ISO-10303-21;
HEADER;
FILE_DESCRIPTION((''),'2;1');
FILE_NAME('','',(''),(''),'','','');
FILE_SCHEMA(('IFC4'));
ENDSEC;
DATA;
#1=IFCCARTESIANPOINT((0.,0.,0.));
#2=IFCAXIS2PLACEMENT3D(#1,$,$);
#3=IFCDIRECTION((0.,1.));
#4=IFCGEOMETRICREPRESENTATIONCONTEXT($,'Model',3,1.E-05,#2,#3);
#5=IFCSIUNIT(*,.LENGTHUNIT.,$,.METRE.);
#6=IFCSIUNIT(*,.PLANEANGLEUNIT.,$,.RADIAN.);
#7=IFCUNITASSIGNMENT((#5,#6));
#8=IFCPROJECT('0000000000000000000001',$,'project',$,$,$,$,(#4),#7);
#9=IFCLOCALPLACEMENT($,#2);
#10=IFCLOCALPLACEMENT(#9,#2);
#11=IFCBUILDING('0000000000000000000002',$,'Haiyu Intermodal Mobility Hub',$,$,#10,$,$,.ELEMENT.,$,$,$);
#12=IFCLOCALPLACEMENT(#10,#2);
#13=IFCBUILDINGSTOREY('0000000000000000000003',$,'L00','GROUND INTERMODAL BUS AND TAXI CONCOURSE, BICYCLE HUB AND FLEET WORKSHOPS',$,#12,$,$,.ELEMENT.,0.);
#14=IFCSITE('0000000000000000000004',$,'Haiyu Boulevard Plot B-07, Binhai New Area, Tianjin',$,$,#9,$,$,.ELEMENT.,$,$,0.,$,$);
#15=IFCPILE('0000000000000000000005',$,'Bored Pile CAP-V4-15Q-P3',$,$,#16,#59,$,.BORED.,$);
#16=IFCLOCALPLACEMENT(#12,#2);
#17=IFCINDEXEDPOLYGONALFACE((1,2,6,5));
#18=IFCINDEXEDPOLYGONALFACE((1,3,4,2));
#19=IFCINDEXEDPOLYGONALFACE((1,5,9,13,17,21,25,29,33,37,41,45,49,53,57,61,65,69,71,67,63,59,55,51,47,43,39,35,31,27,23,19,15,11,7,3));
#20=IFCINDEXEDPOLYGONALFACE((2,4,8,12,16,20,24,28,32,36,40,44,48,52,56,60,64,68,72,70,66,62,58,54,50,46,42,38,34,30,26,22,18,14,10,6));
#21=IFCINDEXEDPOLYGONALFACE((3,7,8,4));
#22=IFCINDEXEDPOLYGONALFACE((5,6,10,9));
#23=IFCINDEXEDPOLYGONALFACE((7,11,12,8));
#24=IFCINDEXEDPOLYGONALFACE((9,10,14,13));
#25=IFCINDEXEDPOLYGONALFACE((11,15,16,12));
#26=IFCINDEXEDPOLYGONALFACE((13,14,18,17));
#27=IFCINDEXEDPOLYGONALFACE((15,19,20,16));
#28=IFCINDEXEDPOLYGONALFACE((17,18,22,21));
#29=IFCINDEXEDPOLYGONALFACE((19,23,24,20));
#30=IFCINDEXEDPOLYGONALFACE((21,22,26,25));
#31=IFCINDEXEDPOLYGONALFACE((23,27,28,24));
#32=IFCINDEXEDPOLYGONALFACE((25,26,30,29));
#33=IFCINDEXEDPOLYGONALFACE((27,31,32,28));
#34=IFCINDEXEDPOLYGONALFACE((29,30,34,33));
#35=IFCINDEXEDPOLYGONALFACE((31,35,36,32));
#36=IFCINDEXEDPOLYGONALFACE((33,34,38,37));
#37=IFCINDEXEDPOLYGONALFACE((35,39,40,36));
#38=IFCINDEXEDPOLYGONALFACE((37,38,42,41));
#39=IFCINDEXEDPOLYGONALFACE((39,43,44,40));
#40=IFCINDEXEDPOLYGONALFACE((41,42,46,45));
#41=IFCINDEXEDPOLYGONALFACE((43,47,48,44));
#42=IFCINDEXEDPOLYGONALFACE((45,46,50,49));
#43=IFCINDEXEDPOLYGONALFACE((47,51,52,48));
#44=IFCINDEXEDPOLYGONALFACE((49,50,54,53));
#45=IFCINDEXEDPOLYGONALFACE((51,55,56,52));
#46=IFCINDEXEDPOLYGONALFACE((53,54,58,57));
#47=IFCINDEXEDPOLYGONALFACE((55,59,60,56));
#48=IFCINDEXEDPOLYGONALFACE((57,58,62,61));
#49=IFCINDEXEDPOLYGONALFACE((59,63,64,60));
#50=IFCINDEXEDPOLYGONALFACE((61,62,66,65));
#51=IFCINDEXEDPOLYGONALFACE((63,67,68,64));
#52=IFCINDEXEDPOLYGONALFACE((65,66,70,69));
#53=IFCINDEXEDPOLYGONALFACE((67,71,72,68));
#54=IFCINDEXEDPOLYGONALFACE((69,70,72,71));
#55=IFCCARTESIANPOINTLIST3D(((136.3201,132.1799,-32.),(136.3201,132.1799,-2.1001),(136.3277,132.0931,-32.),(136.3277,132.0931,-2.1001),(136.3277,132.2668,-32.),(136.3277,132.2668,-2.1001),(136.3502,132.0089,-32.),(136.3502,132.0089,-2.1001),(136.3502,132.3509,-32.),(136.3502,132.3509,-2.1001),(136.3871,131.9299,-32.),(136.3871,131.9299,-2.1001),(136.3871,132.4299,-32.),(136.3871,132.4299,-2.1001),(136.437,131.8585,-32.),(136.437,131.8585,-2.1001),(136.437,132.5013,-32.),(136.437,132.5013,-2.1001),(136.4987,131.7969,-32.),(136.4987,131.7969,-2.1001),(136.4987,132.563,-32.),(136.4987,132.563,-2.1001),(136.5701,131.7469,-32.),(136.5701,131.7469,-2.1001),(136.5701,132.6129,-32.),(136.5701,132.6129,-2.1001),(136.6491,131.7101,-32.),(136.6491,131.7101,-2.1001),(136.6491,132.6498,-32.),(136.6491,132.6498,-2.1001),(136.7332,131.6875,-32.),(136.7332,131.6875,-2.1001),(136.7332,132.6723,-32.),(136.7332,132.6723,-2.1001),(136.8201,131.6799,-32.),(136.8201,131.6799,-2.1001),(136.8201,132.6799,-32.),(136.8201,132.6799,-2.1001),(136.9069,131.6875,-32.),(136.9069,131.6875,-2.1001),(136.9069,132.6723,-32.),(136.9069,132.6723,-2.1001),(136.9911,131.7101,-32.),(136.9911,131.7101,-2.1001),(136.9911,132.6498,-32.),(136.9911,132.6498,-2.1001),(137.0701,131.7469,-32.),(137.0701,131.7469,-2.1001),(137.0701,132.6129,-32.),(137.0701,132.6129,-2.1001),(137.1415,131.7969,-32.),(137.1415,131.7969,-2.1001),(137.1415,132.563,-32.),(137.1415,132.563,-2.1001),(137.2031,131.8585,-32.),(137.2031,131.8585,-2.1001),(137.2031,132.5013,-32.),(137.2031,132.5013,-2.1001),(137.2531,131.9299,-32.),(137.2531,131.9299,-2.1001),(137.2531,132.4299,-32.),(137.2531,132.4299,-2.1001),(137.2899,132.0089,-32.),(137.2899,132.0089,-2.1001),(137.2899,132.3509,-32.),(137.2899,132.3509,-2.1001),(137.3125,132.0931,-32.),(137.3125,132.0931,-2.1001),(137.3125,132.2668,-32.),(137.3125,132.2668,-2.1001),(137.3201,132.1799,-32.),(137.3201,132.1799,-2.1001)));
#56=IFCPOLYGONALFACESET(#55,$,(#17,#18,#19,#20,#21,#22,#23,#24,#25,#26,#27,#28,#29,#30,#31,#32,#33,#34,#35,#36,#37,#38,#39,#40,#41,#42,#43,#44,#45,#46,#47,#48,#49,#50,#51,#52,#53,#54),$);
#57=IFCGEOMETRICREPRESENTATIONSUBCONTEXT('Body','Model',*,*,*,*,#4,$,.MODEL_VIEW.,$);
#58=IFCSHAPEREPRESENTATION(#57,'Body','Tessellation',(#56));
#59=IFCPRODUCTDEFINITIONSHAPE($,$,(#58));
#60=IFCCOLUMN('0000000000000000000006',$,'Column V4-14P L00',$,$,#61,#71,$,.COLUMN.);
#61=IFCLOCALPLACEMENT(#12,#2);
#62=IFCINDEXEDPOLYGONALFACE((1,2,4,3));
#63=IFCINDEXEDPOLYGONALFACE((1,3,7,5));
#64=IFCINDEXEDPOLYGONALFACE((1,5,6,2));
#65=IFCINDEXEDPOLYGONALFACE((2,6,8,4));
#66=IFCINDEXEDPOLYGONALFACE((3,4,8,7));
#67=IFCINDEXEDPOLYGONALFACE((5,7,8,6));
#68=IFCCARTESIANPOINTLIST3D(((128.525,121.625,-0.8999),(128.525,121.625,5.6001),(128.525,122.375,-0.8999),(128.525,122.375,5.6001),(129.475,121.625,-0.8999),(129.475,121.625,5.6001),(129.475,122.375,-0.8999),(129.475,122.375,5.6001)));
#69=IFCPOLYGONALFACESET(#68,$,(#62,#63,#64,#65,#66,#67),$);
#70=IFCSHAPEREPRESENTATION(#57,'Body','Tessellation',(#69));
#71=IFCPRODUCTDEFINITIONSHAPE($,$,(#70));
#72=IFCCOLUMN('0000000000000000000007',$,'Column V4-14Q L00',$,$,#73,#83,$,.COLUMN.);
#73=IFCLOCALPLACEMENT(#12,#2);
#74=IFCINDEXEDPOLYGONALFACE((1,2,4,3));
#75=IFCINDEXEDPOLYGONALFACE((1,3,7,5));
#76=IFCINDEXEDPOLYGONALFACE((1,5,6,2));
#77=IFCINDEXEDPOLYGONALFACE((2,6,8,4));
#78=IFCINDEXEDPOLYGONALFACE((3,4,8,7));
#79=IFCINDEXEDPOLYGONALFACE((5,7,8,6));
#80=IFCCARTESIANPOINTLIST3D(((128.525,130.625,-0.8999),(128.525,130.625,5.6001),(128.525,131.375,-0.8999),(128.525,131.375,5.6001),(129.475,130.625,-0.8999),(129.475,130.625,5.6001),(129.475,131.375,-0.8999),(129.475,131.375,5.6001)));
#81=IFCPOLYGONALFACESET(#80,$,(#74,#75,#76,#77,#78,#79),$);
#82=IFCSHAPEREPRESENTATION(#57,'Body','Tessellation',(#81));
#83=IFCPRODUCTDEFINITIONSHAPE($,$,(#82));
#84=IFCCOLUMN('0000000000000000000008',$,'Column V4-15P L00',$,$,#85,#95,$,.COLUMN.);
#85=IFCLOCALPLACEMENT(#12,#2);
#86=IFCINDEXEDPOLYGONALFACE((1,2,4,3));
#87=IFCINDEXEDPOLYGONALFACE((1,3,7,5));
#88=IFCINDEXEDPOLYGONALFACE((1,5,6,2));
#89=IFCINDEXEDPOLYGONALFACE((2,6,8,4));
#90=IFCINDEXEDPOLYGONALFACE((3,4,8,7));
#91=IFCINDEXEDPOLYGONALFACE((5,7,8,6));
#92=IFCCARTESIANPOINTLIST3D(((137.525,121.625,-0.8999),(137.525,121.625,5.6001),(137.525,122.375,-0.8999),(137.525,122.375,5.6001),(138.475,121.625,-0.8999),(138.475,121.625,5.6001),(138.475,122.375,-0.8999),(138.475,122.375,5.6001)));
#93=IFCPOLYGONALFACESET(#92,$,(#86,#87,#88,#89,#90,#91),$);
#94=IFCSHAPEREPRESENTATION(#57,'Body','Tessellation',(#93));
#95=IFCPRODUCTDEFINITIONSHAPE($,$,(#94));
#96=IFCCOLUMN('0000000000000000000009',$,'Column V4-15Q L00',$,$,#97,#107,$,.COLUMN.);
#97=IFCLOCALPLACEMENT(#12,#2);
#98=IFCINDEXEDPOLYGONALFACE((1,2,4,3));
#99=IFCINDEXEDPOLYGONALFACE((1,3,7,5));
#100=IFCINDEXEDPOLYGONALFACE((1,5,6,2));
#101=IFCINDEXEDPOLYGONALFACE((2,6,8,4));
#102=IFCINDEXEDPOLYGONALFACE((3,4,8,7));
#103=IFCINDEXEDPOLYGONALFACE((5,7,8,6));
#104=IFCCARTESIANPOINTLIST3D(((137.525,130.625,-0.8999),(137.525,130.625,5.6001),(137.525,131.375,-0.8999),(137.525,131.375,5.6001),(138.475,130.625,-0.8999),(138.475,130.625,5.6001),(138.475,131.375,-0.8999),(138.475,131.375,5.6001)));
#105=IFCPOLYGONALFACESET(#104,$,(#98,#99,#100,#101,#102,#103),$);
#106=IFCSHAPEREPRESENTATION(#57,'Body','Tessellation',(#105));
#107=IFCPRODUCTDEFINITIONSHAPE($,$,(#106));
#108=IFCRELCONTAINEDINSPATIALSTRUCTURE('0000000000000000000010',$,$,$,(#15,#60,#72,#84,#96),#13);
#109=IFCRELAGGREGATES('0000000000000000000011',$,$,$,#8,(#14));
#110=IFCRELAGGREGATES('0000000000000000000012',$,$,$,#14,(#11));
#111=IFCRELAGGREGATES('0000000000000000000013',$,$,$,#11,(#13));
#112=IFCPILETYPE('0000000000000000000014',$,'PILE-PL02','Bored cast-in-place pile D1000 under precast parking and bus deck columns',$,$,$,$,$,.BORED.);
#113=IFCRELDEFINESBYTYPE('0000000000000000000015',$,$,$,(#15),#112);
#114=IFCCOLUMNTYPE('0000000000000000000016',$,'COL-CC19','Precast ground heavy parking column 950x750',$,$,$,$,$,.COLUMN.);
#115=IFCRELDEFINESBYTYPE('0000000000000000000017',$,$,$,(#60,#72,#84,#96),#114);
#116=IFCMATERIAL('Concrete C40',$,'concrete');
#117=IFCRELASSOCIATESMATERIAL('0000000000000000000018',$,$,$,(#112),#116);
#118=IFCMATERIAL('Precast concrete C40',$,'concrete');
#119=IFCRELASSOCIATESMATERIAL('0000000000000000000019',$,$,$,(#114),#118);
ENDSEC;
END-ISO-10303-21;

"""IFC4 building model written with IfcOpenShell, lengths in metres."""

from ifc_helpers import new_model, si_unit, direction, frame, origin, origin_2d, place, context, subcontext, project, spatial, rectangle, circle, extrude, material, material_profile, profile_set, type_object, element, save


model = new_model("IFC4")

# Units and contexts
model_context = context("Model", 3, precision=1e-05, world=origin(), true_north=direction((0.0, 1.0)))
body_context = subcontext(model_context, "Body", "Model", "MODEL_VIEW")
ifc_project = project(units=[si_unit("LENGTHUNIT", "METRE"), si_unit("PLANEANGLEUNIT", "RADIAN")], contexts=[model_context])

# Site, building, storey
site_placement = place(None, origin())
site = spatial("IfcSite", under=ifc_project, at=site_placement, Name="Haiyu Boulevard Plot B-07, Binhai New Area, Tianjin", CompositionType="ELEMENT", RefElevation=0.0)
building_placement = place(site_placement, origin())
building = spatial("IfcBuilding", under=site, at=building_placement, Name="Haiyu Intermodal Mobility Hub", CompositionType="ELEMENT")
storey_placement = place(building_placement, origin())
storey = spatial("IfcBuildingStorey", under=building, at=storey_placement, Name="L00", Description="GROUND INTERMODAL BUS AND TAXI CONCOURSE, BICYCLE HUB AND FLEET WORKSHOPS", CompositionType="ELEMENT", Elevation=0.0)

# Shared definitions
ifc_material_1 = material(Name="Concrete C40", Category="concrete")

# Pile
ifc_material_profile_1 = material_profile(ifc_material_1, circle(Radius=0.5, at=origin_2d()), Name="PILE-D1000")
ifc_profile_set_1 = profile_set([ifc_material_profile_1], Name="Concrete C40")
pile_type = type_object("IfcPileType", Name="PILE-PL02", Description="Bored cast-in-place pile D1000 under precast parking and bus deck columns", PredefinedType="BORED", material=ifc_profile_set_1)
for number, where, z_axis, x_axis, name in (
    (1, (136.8201, 132.1799, -2.1001), (0.0, 0.0, -1.0), (1.0, 0.0, 0.0), "Bored Pile CAP-V4-15Q-P3"),
):
    element("IfcPile", number, at=place(storey_placement, frame(where, z_axis=z_axis, x_axis=x_axis)), inside=storey, type_object=pile_type, Name=name, PredefinedType="BORED", context=body_context, shape_type="SweptSolid", body=[
        extrude(circle(Radius=0.5, at=origin_2d()), origin(), (0.0, 0.0, 1.0), 29.8999),
    ])

# Columns
ifc_material_2 = material(Name="Precast concrete C40", Category="concrete")
ifc_material_profile_2 = material_profile(ifc_material_2, rectangle(XDim=0.95, YDim=0.75, at=origin_2d()), Name="C950x750")
ifc_profile_set_2 = profile_set([ifc_material_profile_2], Name="Precast concrete C40")
column_type = type_object("IfcColumnType", Name="COL-CC19", Description="Precast ground heavy parking column 950x750", PredefinedType="COLUMN", material=ifc_profile_set_2)
for number, where, z_axis, x_axis, name in (
    (2, (129.0, 122.0, -0.8999), (0.0, 0.0, 1.0), (1.0, 0.0, 0.0), "Column V4-14P L00"),
    (3, (129.0, 131.0, -0.8999), (0.0, 0.0, 1.0), (1.0, 0.0, 0.0), "Column V4-14Q L00"),
    (4, (138.0, 122.0, -0.8999), (0.0, 0.0, 1.0), (1.0, 0.0, 0.0), "Column V4-15P L00"),
    (5, (138.0, 131.0, -0.8999), (0.0, 0.0, 1.0), (1.0, 0.0, 0.0), "Column V4-15Q L00"),
):
    element("IfcColumn", number, at=place(storey_placement, frame(where, z_axis=z_axis, x_axis=x_axis)), inside=storey, type_object=column_type, Name=name, PredefinedType="COLUMN", context=body_context, shape_type="SweptSolid", body=[
        extrude(rectangle(XDim=0.95, YDim=0.75, at=origin_2d()), origin(), (0.0, 0.0, 1.0), 6.5),
    ])

save(model, "model.ifc")
